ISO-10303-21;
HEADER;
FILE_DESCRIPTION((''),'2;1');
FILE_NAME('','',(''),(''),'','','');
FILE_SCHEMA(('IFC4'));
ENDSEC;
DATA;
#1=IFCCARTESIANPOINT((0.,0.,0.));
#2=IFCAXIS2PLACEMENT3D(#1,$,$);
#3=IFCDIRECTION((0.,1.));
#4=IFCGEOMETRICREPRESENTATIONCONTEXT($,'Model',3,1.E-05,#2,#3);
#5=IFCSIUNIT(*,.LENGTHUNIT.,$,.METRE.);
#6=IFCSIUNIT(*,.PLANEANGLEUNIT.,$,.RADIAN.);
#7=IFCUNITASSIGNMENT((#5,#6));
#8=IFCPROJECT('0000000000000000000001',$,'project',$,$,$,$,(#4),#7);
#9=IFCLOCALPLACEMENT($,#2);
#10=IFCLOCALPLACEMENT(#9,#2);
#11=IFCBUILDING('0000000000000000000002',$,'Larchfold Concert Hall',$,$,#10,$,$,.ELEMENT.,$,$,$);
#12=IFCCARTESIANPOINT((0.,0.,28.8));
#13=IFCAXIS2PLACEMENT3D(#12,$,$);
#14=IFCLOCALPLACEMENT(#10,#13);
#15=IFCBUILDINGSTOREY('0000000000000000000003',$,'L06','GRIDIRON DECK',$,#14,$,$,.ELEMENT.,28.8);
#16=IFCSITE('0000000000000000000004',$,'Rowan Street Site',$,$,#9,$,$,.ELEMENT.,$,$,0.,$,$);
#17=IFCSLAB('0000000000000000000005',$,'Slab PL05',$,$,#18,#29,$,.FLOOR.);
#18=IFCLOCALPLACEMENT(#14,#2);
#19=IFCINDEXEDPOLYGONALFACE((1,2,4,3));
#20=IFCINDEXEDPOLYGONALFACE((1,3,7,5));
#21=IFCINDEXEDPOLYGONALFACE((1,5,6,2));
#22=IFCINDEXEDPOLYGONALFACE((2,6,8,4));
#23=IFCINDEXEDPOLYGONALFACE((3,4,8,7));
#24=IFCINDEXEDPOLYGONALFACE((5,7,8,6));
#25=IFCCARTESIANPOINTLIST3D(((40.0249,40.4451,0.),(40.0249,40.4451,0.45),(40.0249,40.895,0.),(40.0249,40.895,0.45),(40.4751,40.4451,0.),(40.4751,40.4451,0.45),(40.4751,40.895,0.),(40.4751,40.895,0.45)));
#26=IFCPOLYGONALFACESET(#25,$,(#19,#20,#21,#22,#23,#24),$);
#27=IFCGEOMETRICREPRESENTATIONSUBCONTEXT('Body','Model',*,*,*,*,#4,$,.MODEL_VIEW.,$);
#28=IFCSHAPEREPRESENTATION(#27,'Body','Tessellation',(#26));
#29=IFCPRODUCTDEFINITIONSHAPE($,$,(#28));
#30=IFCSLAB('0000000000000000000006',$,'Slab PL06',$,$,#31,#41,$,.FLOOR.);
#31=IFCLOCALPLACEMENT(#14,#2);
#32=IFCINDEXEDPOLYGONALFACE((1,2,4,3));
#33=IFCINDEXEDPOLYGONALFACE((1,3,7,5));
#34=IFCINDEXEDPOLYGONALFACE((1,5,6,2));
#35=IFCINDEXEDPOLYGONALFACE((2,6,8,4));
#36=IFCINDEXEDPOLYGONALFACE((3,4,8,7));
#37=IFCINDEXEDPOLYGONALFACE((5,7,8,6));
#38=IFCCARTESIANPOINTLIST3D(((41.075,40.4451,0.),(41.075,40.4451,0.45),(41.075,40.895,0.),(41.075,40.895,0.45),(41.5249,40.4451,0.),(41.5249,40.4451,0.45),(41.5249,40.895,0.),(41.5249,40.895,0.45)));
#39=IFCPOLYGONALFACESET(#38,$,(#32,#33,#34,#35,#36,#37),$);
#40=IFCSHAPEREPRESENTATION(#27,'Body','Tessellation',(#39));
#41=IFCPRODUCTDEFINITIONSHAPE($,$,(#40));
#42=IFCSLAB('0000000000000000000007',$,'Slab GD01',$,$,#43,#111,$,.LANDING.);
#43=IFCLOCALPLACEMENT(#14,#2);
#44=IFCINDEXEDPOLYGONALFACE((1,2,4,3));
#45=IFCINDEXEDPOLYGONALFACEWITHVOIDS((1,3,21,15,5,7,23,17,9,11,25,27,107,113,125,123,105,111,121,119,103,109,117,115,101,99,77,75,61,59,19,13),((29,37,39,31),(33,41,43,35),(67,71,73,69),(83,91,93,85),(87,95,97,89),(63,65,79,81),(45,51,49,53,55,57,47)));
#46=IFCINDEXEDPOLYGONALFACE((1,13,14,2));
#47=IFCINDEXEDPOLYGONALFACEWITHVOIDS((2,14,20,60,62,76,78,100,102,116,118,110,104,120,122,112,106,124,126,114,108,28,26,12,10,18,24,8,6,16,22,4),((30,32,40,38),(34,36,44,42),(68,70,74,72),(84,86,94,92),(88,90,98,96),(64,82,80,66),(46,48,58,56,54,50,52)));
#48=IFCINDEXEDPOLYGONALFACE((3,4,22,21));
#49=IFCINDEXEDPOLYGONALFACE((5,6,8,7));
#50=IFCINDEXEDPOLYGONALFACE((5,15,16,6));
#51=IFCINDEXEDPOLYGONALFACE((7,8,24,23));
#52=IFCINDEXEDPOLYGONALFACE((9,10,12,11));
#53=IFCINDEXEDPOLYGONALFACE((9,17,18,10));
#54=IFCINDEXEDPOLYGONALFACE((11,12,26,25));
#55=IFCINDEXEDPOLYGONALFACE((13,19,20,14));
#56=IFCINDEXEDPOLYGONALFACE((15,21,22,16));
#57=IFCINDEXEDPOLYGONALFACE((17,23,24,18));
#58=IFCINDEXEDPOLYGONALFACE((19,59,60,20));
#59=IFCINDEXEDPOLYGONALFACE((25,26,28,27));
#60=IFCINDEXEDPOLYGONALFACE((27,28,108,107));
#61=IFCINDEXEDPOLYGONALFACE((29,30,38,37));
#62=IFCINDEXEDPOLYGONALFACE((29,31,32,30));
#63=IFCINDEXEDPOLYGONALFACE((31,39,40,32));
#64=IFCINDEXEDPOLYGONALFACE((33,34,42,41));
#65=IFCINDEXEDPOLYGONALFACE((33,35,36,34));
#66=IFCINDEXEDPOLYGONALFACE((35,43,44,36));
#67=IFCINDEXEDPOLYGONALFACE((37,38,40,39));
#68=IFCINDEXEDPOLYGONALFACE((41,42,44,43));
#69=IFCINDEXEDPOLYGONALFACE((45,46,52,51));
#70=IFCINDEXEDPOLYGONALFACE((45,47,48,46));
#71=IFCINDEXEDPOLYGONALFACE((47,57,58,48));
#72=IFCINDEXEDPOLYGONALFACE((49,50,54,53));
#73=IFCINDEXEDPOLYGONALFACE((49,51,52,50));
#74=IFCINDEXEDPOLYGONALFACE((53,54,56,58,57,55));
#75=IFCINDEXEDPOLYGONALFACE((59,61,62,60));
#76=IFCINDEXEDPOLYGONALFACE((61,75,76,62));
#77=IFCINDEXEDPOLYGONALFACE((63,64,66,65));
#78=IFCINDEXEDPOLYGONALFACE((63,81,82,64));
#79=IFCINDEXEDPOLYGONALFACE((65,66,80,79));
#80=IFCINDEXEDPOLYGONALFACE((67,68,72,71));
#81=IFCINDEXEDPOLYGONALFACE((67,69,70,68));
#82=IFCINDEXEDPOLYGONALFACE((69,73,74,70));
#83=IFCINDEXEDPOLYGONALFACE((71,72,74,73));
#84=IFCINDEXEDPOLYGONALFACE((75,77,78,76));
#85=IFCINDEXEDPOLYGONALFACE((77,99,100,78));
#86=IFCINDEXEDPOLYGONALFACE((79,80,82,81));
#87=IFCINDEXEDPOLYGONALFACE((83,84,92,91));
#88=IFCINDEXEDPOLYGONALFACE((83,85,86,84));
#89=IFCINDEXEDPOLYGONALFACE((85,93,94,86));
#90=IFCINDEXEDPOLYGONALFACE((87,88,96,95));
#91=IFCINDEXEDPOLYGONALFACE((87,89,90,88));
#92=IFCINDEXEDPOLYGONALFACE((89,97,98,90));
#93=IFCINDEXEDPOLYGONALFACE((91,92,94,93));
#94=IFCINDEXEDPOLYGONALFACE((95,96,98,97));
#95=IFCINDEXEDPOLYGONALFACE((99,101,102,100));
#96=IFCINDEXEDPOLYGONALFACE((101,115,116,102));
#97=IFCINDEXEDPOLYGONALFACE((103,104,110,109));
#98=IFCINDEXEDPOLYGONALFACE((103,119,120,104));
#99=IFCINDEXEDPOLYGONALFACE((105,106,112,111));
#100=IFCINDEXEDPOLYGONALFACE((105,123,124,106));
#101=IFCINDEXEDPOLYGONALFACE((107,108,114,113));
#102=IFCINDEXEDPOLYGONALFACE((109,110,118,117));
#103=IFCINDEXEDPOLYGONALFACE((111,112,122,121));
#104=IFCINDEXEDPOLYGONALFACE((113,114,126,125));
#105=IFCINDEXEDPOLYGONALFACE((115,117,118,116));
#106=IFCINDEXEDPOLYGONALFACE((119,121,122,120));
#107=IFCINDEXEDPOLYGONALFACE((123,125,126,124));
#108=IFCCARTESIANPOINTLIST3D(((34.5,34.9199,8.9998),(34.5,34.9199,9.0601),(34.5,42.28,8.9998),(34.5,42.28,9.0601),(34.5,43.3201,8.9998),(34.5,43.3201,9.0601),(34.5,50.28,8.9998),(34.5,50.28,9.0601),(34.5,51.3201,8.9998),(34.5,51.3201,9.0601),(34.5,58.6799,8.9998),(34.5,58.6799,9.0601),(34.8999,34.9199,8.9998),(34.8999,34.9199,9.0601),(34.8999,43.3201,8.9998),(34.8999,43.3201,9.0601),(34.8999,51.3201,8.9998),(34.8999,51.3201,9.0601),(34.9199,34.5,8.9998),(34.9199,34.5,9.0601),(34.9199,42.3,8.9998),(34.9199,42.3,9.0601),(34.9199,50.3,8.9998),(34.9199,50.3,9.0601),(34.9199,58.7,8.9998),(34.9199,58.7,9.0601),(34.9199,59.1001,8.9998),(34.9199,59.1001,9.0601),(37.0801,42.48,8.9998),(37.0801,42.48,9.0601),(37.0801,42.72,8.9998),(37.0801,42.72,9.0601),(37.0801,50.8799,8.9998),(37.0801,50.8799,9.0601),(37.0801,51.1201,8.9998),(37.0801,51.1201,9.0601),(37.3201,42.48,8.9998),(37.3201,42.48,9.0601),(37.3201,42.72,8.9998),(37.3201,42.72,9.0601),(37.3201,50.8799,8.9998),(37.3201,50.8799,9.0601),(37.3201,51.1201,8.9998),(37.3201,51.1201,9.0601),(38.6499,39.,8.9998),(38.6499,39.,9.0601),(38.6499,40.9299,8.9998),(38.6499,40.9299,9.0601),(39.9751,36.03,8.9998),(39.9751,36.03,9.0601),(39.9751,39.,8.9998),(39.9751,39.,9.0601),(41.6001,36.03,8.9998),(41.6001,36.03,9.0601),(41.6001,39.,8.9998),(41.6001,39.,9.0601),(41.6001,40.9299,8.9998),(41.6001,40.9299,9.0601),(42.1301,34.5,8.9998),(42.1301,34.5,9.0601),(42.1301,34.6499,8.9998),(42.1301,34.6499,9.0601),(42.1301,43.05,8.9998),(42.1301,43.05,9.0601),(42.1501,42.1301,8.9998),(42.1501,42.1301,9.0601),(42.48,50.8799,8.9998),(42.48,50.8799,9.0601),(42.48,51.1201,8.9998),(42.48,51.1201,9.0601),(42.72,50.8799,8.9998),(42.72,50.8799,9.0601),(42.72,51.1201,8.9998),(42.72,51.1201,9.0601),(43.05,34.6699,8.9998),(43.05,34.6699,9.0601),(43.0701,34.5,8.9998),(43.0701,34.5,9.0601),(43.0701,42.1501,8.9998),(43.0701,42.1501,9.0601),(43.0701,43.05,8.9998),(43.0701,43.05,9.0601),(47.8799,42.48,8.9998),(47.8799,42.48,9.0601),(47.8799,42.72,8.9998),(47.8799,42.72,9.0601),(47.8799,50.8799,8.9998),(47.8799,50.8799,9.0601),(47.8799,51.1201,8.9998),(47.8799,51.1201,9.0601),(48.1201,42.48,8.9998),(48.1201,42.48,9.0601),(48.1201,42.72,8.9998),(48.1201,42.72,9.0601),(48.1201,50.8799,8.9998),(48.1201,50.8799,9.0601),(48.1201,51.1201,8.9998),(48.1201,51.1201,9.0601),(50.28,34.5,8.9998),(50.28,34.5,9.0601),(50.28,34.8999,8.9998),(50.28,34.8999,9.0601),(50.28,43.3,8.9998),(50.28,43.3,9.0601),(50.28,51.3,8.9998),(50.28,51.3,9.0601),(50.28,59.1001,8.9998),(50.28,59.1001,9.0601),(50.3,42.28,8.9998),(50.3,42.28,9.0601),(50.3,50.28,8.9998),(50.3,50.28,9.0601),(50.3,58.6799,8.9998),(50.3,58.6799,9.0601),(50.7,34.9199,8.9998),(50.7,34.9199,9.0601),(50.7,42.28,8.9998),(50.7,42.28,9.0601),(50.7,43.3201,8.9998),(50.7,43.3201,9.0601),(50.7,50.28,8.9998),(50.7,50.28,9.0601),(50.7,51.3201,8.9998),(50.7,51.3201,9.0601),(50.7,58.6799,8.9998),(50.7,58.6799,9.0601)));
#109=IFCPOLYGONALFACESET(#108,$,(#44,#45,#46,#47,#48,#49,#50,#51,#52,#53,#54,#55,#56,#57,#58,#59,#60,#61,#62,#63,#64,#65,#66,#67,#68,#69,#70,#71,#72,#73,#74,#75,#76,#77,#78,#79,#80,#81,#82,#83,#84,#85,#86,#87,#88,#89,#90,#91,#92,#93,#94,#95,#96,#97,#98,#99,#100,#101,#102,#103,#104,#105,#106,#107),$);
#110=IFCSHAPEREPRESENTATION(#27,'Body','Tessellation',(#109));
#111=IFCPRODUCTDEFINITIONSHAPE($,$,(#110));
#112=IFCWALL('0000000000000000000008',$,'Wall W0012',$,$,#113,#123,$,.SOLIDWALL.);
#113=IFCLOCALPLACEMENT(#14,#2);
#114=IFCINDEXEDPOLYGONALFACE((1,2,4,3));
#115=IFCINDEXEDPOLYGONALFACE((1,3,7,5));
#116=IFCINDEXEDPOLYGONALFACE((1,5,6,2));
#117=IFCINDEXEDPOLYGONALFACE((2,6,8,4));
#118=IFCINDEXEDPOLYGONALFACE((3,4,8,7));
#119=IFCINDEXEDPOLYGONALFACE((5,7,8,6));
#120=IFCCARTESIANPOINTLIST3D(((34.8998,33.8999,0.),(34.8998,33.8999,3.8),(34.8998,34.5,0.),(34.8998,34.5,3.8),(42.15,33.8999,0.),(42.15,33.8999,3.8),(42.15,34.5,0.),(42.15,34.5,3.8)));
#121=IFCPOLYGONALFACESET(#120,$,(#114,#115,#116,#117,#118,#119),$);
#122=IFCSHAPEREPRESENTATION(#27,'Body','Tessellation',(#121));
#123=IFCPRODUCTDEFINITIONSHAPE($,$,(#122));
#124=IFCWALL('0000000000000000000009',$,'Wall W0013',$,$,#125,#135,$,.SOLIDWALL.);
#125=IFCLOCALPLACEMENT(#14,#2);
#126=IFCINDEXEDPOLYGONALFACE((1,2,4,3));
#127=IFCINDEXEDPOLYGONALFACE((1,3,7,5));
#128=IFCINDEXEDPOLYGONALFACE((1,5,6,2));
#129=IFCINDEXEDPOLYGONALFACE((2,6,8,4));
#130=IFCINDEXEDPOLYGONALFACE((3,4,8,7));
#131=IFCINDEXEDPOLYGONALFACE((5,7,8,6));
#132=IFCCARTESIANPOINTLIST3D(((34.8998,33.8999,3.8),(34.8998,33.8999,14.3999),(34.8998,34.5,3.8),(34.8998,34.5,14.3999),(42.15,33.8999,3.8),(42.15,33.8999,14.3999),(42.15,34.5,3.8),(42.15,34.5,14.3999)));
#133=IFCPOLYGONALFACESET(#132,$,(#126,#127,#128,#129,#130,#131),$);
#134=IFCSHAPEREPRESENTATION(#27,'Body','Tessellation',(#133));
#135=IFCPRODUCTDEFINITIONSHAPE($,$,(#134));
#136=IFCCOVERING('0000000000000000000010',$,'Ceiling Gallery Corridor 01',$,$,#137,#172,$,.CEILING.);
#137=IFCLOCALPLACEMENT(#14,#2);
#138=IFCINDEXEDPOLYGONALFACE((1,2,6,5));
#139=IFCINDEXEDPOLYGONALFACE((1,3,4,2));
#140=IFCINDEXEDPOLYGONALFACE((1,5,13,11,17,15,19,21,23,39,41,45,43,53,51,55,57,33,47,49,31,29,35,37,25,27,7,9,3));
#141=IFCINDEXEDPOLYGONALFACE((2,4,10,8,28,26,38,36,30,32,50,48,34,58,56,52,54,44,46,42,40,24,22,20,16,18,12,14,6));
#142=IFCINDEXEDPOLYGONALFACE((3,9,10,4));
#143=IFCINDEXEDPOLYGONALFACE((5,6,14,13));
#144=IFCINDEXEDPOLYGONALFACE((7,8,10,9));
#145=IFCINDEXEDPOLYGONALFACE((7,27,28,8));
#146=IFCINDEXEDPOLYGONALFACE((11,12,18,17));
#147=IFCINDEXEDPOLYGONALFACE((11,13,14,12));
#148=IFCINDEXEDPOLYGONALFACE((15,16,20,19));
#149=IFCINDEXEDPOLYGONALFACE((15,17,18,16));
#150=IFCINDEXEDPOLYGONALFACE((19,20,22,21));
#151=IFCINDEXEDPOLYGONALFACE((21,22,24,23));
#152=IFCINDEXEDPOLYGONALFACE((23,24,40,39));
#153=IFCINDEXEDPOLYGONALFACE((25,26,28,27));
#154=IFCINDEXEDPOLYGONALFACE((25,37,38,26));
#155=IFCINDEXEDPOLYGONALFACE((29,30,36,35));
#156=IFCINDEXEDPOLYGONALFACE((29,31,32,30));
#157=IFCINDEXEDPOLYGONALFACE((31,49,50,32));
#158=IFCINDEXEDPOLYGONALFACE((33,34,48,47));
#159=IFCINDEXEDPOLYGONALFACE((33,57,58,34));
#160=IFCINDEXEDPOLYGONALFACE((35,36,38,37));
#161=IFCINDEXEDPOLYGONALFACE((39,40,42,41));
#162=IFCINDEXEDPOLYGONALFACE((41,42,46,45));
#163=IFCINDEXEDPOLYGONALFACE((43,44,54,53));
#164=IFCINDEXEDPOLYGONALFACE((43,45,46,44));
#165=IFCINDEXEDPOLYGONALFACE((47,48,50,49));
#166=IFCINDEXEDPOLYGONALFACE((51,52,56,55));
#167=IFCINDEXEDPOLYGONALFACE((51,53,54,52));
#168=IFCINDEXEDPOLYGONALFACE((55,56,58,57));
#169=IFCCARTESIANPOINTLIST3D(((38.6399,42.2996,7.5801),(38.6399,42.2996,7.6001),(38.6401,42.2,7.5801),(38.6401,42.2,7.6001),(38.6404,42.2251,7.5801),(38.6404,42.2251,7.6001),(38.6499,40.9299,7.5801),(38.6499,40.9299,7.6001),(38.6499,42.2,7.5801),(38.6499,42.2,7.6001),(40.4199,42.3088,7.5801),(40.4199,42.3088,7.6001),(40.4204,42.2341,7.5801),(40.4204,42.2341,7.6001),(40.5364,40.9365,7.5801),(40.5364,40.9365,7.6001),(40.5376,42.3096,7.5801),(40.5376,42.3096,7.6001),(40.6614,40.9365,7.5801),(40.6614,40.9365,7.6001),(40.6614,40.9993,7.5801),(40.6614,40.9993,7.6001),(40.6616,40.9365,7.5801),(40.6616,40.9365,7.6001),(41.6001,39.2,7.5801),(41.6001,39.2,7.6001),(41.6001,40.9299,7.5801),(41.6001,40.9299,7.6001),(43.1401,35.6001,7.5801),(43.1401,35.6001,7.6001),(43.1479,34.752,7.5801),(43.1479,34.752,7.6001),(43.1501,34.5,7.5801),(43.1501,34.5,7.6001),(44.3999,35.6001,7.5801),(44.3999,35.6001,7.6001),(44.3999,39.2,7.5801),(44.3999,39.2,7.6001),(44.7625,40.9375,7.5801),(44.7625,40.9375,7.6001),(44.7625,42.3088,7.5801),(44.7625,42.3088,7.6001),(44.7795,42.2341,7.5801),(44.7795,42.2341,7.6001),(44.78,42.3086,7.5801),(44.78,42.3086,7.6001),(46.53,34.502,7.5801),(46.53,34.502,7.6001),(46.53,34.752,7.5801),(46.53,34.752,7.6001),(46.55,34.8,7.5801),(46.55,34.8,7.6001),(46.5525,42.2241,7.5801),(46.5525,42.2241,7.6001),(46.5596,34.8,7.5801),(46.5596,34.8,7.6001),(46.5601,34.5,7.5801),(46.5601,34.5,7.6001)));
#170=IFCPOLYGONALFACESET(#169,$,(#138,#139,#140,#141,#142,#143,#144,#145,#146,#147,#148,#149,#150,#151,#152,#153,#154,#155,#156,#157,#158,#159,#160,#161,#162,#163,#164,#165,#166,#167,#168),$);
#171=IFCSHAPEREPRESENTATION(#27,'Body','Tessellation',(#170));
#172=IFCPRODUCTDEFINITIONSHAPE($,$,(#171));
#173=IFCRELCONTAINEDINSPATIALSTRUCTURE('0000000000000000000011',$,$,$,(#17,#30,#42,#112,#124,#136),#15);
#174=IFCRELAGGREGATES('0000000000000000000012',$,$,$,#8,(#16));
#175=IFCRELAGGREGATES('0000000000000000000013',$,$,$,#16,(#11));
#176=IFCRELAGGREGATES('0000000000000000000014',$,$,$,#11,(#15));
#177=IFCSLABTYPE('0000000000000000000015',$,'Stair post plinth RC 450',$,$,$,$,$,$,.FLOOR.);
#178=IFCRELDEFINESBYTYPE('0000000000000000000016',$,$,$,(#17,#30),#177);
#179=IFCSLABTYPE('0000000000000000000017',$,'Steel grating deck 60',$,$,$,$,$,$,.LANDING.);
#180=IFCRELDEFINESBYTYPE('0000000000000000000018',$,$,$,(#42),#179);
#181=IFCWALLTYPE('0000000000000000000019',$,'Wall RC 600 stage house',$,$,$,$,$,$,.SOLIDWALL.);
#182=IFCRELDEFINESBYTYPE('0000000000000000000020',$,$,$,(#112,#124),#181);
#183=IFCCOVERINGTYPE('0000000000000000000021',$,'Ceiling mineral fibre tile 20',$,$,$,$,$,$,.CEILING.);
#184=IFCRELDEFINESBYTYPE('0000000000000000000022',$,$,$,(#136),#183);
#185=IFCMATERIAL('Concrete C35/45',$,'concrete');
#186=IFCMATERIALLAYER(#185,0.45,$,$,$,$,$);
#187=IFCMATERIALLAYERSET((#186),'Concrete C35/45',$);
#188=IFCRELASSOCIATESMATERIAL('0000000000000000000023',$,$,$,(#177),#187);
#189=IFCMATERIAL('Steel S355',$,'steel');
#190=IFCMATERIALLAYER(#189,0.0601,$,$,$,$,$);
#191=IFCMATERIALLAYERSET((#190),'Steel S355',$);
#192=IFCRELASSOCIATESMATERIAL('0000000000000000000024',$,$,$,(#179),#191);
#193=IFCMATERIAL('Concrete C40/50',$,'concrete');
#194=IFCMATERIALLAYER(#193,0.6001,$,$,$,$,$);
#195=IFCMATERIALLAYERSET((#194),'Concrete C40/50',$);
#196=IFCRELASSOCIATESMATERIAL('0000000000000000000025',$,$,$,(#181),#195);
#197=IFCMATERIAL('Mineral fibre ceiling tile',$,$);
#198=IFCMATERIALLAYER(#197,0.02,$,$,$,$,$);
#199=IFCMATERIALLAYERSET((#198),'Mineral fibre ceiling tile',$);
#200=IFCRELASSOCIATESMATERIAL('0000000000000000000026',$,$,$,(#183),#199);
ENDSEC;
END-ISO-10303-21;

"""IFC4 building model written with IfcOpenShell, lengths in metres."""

from ifc_helpers import new_model, si_unit, direction, frame, frame_2d, origin, place, context, subcontext, project, spatial, polyline, rectangle, outline, extrude, material, layer, layer_set, type_object, element, save


model = new_model("IFC4")

# Units and contexts
model_context = context("Model", 3, precision=1e-05, world=origin(), true_north=direction((0.0, 1.0)))
body_context = subcontext(model_context, "Body", "Model", "MODEL_VIEW")
ifc_project = project(units=[si_unit("LENGTHUNIT", "METRE"), si_unit("PLANEANGLEUNIT", "RADIAN")], contexts=[model_context])

# Site, building, storey
site_placement = place(None, origin())
site = spatial("IfcSite", under=ifc_project, at=site_placement, Name="Rowan Street Site", CompositionType="ELEMENT", RefElevation=0.0)
building_placement = place(site_placement, origin())
building = spatial("IfcBuilding", under=site, at=building_placement, Name="Larchfold Concert Hall", CompositionType="ELEMENT")
storey_placement = place(building_placement, frame((0.0, 0.0, 28.8)))
storey = spatial("IfcBuildingStorey", under=building, at=storey_placement, Name="L06", Description="GRIDIRON DECK", CompositionType="ELEMENT", Elevation=28.8)

# Slabs
ifc_material_1 = material(Name="Concrete C35/45", Category="concrete")
ifc_layer_1 = layer(ifc_material_1, 0.45)
ifc_layer_set_1 = layer_set([ifc_layer_1], Name="Concrete C35/45")
slab_type_1 = type_object("IfcSlabType", Name="Stair post plinth RC 450", PredefinedType="FLOOR", material=ifc_layer_set_1)
slab_1_placement = place(storey_placement, origin())
element("IfcSlab", 1, at=slab_1_placement, inside=storey, type_object=slab_type_1, Name="Slab PL05", PredefinedType="FLOOR", context=body_context, shape_type="SweptSolid", body=[
    extrude(outline(polyline([(40.4751, 40.4451), (40.4751, 40.895), (40.0249, 40.895), (40.0249, 40.4451), (40.4751, 40.4451)])), origin(), (0.0, 0.0, 1.0), 0.45),
])
slab_2_placement = place(storey_placement, origin())
element("IfcSlab", 2, at=slab_2_placement, inside=storey, type_object=slab_type_1, Name="Slab PL06", PredefinedType="FLOOR", context=body_context, shape_type="SweptSolid", body=[
    extrude(outline(polyline([(41.5249, 40.4451), (41.5249, 40.895), (41.075, 40.895), (41.075, 40.4451), (41.5249, 40.4451)])), origin(), (0.0, 0.0, 1.0), 0.45),
])
ifc_material_2 = material(Name="Steel S355", Category="steel")
ifc_layer_2 = layer(ifc_material_2, 0.0601)
ifc_layer_set_2 = layer_set([ifc_layer_2], Name="Steel S355")
slab_type_2 = type_object("IfcSlabType", Name="Steel grating deck 60", PredefinedType="LANDING", material=ifc_layer_set_2)
slab_3_placement = place(storey_placement, frame((0.0, 0.0, 8.9998)))
element("IfcSlab", 3, at=slab_3_placement, inside=storey, type_object=slab_type_2, Name="Slab GD01", PredefinedType="LANDING", context=body_context, shape_type="SweptSolid", body=[
    extrude(outline(polyline([(34.5, 42.28), (34.5, 34.9199), (34.8999, 34.9199), (34.9199, 34.5), (42.1301, 34.5), (42.1301, 34.6499), (43.05, 34.6699), (43.0701, 34.5), (50.28, 34.5), (50.28, 34.8999), (50.7, 34.9199), (50.7, 42.28), (50.3, 42.28), (50.28, 43.3), (50.7, 43.3201), (50.7, 50.28), (50.3, 50.28), (50.28, 51.3), (50.7, 51.3201), (50.7, 58.6799), (50.3, 58.6799), (50.28, 59.1001), (34.9199, 59.1001), (34.9199, 58.7), (34.5, 58.6799), (34.5, 51.3201), (34.8999, 51.3201), (34.9199, 50.3), (34.5, 50.28), (34.5, 43.3201), (34.8999, 43.3201), (34.9199, 42.3), (34.5, 42.28)]), holes=[polyline([(41.6001, 36.03), (39.9751, 36.03), (39.9751, 39.0), (38.6499, 39.0), (38.6499, 40.9299), (41.6001, 40.9299), (41.6001, 39.0), (41.6001, 36.03)]), polyline([(37.0801, 42.48), (37.0801, 42.72), (37.3201, 42.72), (37.3201, 42.48), (37.0801, 42.48)]), polyline([(47.8799, 42.48), (47.8799, 42.72), (48.1201, 42.72), (48.1201, 42.48), (47.8799, 42.48)]), polyline([(37.0801, 50.8799), (37.0801, 51.1201), (37.3201, 51.1201), (37.3201, 50.8799), (37.0801, 50.8799)]), polyline([(42.48, 50.8799), (42.48, 51.1201), (42.72, 51.1201), (42.72, 50.8799), (42.48, 50.8799)]), polyline([(47.8799, 50.8799), (47.8799, 51.1201), (48.1201, 51.1201), (48.1201, 50.8799), (47.8799, 50.8799)]), polyline([(43.0701, 43.05), (43.0701, 42.1501), (42.1501, 42.1301), (42.1301, 43.05), (43.0701, 43.05)])]), origin(), (0.0, 0.0, 1.0), 0.0603),
])

# Walls
ifc_material_3 = material(Name="Concrete C40/50", Category="concrete")
ifc_layer_3 = layer(ifc_material_3, 0.6001)
ifc_layer_set_3 = layer_set([ifc_layer_3], Name="Concrete C40/50")
wall_type = type_object("IfcWallType", Name="Wall RC 600 stage house", PredefinedType="SOLIDWALL", material=ifc_layer_set_3)
wall_1_placement = place(storey_placement, frame((34.8999, 34.2, 0.0), z_axis=(0.0, 0.0, 1.0), x_axis=(1.0, 0.0, 0.0)))
element("IfcWall", 4, at=wall_1_placement, inside=storey, type_object=wall_type, Name="Wall W0012", PredefinedType="SOLIDWALL", context=body_context, shape_type="SweptSolid", body=[
    extrude(rectangle(XDim=7.2502, YDim=0.6001, at=frame_2d((3.625, 0.0))), origin(), (0.0, 0.0, 1.0), 3.8),
])
wall_2_placement = place(storey_placement, frame((34.8999, 34.2, 3.8), z_axis=(0.0, 0.0, 1.0), x_axis=(1.0, 0.0, 0.0)))
element("IfcWall", 5, at=wall_2_placement, inside=storey, type_object=wall_type, Name="Wall W0013", PredefinedType="SOLIDWALL", context=body_context, shape_type="SweptSolid", body=[
    extrude(rectangle(XDim=7.2502, YDim=0.6001, at=frame_2d((3.625, 0.0))), origin(), (0.0, 0.0, 1.0), 10.5999),
])

# Covering
ifc_material_4 = material(Name="Mineral fibre ceiling tile")
ifc_layer_4 = layer(ifc_material_4, 0.02)
ifc_layer_set_4 = layer_set([ifc_layer_4], Name="Mineral fibre ceiling tile")
covering_type_1 = type_object("IfcCoveringType", Name="Ceiling mineral fibre tile 20", PredefinedType="CEILING", material=ifc_layer_set_4)
covering_1_placement = place(storey_placement, frame((0.0, 0.0, 7.5801)))
element("IfcCovering", 6, at=covering_1_placement, inside=storey, type_object=covering_type_1, Name="Ceiling Gallery Corridor 01", PredefinedType="CEILING", context=body_context, shape_type="SweptSolid", body=[
    extrude(outline(polyline([(38.6499, 40.9299), (41.6001, 40.9299), (41.6001, 39.2), (44.3999, 39.2), (44.3999, 35.6001), (43.1401, 35.6001), (43.1479, 34.752), (46.53, 34.752), (46.53, 34.502), (43.1501, 34.5), (46.5601, 34.5), (46.5596, 34.8), (46.55, 34.8), (46.5525, 42.2241), (44.7795, 42.2341), (44.78, 42.3086), (44.7625, 42.3088), (44.7625, 40.9375), (40.6616, 40.9365), (40.6614, 40.9993), (40.6614, 40.9365), (40.5364, 40.9365), (40.5376, 42.3096), (40.4199, 42.3088), (40.4204, 42.2341), (38.6404, 42.2251), (38.6399, 42.2996), (38.6401, 42.2), (38.6499, 42.2), (38.6499, 40.9299)])), origin(), (0.0, 0.0, 1.0), 0.02),
])

save(model, "model.ifc")
